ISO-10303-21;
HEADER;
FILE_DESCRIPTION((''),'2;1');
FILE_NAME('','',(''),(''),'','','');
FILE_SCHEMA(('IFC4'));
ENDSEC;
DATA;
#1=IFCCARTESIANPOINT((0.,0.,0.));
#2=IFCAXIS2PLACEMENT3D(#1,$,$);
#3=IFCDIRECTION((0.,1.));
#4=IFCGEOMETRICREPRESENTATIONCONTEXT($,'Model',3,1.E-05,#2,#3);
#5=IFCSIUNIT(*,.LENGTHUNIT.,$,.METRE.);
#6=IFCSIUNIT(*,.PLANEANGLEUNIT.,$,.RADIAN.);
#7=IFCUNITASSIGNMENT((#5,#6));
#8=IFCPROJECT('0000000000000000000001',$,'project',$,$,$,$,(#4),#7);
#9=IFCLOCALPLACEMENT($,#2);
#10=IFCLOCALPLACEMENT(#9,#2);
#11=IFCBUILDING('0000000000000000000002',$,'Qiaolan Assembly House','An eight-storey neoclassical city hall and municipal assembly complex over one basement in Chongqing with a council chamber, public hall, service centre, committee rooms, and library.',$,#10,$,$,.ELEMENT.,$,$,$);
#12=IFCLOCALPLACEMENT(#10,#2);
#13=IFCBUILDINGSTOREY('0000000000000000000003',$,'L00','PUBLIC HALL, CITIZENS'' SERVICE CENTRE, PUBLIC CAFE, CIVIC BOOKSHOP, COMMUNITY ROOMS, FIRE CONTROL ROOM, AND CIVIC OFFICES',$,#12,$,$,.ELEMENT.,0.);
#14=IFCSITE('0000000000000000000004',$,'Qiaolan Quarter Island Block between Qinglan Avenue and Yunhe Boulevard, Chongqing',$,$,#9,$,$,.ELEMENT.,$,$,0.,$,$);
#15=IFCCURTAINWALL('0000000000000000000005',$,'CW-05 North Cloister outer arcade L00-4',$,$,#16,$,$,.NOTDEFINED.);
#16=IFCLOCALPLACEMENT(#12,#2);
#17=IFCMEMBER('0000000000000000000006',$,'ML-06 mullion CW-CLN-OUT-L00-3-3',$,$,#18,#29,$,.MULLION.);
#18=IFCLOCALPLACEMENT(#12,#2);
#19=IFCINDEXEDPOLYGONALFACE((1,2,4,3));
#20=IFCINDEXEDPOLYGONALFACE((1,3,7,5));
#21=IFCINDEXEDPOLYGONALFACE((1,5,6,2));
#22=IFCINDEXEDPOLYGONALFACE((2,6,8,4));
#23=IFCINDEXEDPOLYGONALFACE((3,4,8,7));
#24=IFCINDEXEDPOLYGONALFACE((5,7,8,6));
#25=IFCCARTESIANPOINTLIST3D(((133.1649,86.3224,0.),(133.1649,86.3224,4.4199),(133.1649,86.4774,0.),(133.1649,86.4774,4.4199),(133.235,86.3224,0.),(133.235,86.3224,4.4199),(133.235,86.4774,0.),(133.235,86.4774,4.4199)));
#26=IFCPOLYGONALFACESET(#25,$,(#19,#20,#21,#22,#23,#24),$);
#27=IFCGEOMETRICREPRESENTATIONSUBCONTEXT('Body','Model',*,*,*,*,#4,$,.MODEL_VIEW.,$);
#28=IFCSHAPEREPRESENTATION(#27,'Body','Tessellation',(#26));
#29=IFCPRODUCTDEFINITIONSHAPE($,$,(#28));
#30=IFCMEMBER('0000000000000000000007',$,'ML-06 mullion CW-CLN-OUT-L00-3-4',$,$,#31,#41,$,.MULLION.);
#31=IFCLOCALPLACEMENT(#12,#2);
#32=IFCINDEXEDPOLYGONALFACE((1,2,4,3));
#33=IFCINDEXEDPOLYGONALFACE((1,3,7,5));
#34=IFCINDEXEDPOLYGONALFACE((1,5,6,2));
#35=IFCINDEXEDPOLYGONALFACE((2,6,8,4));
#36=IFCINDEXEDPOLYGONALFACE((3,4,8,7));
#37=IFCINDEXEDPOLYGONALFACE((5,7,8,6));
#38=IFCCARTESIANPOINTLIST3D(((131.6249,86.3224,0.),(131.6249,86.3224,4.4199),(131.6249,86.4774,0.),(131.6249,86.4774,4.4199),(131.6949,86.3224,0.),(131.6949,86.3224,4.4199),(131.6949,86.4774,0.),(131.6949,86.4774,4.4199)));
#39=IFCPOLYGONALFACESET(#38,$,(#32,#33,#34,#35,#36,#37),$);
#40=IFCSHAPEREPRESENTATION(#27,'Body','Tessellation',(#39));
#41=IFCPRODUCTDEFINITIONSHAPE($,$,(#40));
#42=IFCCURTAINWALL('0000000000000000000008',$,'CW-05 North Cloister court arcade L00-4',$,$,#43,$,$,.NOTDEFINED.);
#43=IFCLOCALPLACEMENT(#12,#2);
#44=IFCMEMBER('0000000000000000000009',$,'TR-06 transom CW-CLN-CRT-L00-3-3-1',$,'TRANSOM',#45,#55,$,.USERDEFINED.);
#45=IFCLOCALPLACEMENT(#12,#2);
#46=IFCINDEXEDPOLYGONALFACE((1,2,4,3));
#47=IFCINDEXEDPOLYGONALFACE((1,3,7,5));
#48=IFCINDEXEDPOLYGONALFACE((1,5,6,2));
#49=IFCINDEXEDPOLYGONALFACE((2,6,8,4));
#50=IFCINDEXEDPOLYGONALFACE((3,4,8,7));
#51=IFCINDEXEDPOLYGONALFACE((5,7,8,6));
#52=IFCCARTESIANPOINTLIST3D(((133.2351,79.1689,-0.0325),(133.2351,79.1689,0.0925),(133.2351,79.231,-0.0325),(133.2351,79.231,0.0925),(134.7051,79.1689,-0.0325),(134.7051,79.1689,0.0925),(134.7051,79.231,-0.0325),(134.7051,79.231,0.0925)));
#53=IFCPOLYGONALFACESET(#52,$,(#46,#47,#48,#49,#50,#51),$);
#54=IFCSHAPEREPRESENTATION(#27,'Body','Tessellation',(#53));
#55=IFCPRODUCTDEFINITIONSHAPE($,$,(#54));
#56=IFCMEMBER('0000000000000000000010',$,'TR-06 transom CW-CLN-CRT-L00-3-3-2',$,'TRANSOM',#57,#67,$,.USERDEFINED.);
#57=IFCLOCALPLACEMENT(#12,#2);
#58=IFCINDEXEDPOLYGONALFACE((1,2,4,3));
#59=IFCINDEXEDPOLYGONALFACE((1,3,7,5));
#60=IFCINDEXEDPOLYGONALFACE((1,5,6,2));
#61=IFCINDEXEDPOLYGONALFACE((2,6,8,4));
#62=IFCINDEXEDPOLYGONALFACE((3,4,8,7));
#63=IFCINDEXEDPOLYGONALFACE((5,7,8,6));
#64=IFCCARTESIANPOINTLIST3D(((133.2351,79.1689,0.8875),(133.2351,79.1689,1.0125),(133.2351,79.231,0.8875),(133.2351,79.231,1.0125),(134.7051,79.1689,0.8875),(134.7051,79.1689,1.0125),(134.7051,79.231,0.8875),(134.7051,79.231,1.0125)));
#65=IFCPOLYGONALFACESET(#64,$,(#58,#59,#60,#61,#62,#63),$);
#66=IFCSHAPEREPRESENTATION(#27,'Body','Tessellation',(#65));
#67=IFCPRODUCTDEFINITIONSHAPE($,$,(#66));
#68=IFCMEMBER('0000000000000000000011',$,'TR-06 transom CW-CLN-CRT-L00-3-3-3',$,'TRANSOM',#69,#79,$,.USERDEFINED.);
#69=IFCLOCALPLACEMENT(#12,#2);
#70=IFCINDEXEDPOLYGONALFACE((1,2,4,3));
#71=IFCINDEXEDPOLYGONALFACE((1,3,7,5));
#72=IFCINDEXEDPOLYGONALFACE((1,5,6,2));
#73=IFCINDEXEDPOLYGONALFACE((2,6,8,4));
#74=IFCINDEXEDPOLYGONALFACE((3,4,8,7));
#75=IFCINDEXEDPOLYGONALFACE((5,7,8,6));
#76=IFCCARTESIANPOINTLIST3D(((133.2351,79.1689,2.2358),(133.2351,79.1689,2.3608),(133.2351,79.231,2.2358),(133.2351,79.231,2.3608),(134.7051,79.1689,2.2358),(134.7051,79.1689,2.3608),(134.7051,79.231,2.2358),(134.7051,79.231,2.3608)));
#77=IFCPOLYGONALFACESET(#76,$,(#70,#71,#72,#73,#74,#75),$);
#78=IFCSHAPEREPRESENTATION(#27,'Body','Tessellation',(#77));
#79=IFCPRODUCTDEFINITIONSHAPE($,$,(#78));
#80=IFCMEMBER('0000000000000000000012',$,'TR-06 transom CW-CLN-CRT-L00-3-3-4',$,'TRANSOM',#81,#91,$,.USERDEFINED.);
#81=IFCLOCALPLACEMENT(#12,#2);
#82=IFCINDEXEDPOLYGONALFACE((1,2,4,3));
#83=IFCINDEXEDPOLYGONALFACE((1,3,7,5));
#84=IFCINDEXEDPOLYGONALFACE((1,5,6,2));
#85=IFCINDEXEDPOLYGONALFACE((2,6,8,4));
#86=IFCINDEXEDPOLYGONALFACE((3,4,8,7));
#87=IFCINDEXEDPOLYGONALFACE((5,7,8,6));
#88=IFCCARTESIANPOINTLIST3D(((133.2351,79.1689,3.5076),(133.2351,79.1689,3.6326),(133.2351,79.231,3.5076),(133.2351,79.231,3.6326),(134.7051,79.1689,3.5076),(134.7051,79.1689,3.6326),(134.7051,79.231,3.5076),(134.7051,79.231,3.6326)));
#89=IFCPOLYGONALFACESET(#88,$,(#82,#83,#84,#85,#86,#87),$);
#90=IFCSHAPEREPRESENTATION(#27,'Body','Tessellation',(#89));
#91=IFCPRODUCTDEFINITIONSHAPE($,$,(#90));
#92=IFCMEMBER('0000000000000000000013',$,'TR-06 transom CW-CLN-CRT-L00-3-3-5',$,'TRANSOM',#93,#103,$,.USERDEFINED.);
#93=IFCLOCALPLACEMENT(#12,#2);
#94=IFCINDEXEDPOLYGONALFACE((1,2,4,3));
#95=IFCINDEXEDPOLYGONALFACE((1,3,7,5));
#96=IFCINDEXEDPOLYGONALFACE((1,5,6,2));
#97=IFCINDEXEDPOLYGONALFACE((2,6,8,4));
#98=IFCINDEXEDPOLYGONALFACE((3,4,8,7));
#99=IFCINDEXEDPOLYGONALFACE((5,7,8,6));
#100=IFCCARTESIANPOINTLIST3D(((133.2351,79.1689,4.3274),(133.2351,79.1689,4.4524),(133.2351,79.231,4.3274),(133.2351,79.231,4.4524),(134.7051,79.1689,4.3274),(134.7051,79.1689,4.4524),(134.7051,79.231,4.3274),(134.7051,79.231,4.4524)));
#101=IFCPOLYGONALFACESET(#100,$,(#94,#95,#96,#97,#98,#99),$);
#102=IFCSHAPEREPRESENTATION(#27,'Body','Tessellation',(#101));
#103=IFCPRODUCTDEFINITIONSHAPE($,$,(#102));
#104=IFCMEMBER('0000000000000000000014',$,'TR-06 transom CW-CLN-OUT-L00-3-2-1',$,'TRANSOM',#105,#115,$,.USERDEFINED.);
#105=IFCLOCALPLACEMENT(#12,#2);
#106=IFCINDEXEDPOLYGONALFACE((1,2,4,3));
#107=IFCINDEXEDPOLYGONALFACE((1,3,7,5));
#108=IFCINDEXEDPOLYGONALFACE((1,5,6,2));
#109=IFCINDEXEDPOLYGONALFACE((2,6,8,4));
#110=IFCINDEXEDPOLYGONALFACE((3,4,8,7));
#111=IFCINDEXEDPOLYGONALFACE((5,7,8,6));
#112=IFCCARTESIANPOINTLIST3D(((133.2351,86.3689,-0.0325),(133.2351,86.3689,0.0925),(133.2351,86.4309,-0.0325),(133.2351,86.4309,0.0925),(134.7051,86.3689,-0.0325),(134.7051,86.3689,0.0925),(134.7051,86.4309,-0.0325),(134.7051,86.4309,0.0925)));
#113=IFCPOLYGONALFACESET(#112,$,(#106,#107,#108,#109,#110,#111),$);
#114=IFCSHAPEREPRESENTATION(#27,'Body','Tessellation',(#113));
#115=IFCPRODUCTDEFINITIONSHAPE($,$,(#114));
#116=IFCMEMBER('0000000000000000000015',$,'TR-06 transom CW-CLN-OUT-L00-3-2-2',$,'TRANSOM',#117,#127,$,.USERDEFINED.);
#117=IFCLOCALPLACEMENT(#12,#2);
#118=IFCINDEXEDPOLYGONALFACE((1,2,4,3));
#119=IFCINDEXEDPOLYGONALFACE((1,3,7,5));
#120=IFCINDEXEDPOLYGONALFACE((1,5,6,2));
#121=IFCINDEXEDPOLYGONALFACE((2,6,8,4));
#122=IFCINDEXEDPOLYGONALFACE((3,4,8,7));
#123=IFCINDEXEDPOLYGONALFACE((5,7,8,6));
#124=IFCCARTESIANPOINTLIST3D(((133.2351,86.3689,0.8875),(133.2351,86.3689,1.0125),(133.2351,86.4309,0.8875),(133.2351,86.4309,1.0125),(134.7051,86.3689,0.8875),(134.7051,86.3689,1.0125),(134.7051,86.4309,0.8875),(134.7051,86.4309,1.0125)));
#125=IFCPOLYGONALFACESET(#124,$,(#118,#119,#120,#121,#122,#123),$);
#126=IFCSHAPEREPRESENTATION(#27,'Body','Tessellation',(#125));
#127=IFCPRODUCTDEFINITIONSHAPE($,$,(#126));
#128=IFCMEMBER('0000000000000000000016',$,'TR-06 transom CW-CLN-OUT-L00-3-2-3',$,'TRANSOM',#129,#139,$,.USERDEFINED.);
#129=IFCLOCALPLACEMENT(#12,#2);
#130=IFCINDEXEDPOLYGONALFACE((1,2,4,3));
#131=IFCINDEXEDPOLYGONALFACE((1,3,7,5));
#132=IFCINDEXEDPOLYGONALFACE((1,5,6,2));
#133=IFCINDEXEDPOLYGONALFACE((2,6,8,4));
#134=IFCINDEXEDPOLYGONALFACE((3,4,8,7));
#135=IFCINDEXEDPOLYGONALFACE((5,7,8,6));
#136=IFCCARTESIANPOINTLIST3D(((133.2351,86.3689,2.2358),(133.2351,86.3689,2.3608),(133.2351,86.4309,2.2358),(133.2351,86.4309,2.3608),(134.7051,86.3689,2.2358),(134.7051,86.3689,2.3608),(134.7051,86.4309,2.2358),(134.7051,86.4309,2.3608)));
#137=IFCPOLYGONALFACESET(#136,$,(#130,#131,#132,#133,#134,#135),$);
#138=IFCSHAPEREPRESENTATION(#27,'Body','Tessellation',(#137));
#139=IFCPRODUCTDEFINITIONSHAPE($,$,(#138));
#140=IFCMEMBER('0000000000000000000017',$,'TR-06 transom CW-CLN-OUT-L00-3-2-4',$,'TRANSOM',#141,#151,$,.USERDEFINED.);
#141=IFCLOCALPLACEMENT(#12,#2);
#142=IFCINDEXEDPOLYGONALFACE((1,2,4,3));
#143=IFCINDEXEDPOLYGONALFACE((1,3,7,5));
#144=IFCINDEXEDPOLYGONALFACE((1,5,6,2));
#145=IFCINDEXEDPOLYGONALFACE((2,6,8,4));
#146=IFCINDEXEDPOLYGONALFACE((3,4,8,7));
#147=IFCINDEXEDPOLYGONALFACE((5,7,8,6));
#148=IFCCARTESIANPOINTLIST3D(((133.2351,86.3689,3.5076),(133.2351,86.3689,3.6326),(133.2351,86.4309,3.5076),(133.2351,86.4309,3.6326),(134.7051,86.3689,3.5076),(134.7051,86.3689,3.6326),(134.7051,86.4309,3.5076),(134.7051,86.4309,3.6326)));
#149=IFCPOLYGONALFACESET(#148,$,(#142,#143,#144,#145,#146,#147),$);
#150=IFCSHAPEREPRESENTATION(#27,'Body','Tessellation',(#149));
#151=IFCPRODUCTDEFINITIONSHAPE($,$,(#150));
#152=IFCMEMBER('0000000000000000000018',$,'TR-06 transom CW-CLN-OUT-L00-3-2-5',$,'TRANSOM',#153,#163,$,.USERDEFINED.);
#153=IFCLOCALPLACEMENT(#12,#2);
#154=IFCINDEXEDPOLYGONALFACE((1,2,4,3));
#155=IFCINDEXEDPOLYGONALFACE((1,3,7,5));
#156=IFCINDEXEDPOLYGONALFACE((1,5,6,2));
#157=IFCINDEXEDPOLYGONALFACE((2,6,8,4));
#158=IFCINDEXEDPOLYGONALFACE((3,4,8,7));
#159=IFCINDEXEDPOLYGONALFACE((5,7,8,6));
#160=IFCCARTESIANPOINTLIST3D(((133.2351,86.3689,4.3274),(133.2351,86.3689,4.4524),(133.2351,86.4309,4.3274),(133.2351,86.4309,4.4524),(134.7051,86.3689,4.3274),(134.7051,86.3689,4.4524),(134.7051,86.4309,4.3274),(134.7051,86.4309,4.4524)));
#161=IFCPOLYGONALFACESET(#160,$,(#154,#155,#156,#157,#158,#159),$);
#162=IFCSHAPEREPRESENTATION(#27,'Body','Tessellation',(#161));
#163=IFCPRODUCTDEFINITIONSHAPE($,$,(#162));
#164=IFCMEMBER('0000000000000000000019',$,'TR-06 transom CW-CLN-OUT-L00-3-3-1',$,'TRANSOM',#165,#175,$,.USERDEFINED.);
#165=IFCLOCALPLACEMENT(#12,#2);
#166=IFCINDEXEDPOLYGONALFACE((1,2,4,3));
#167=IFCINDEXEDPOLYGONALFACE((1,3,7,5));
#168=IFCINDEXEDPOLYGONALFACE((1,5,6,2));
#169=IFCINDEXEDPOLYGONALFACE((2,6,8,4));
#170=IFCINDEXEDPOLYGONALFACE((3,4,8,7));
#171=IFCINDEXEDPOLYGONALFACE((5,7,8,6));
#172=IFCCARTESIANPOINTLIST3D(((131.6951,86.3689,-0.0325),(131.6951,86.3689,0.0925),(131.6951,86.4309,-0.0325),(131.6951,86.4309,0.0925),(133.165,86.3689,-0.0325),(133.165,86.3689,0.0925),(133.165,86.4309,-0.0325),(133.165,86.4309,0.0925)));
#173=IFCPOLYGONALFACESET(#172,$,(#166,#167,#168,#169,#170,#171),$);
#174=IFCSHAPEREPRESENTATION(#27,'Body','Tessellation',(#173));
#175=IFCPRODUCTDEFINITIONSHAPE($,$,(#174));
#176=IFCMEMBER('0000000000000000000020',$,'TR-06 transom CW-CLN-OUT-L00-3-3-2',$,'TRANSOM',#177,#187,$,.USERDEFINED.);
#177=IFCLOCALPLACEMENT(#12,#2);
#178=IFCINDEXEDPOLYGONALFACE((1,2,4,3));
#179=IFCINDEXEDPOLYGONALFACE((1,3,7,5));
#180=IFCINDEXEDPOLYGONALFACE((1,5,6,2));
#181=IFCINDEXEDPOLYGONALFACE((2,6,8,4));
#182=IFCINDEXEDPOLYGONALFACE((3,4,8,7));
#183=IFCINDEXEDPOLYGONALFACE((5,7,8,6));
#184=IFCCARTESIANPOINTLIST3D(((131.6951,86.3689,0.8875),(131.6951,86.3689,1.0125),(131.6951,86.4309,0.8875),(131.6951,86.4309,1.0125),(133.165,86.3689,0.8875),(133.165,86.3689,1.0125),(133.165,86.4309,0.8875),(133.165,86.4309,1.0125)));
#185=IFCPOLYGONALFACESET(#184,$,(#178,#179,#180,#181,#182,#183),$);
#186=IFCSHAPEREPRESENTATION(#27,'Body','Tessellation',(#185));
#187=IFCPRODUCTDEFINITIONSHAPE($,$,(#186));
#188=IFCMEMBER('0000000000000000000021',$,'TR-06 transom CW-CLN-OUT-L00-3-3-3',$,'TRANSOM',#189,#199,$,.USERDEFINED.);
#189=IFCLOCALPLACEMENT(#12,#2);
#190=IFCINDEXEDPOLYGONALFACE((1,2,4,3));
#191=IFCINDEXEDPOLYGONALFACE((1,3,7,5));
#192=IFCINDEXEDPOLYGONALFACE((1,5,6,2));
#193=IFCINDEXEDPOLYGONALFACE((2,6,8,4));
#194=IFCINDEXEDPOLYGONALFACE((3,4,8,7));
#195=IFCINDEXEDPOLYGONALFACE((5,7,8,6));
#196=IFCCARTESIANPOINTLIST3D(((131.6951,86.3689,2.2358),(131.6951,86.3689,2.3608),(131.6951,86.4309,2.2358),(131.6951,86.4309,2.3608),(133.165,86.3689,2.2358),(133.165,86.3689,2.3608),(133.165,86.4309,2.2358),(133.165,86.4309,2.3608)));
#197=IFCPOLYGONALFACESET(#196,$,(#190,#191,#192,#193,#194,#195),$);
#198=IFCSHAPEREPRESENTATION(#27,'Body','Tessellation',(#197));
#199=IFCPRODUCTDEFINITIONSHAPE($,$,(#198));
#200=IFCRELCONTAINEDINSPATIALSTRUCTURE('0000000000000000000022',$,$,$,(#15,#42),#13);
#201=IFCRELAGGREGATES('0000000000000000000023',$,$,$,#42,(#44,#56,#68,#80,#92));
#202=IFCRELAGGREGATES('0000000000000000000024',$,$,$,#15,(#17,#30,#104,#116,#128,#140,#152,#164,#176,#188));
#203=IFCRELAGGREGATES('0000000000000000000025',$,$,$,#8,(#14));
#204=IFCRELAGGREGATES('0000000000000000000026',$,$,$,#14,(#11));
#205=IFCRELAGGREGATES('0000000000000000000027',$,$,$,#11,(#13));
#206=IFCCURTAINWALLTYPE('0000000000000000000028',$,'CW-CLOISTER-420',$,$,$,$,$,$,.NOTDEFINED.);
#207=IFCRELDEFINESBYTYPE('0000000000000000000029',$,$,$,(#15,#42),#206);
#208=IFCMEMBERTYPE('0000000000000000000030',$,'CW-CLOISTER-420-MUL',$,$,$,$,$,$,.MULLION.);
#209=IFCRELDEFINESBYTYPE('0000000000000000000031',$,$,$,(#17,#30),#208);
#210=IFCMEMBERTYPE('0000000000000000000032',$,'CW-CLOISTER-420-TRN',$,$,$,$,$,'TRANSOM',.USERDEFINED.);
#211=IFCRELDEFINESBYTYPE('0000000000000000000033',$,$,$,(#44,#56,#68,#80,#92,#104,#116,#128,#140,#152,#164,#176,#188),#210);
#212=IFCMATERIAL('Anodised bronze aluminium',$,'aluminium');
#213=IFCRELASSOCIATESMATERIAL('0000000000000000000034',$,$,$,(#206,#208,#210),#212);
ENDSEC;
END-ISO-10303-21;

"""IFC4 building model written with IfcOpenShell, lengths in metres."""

from ifc_helpers import new_model, si_unit, direction, frame, origin, origin_2d, place, context, subcontext, project, spatial, rectangle, extrude, material, material_profile, profile_set, type_object, element, aggregate, save


model = new_model("IFC4")

# Units and contexts
model_context = context("Model", 3, precision=1e-05, world=origin(), true_north=direction((0.0, 1.0)))
body_context = subcontext(model_context, "Body", "Model", "MODEL_VIEW")
ifc_project = project(units=[si_unit("LENGTHUNIT", "METRE"), si_unit("PLANEANGLEUNIT", "RADIAN")], contexts=[model_context])

# Site, building, storey
site_placement = place(None, origin())
site = spatial("IfcSite", under=ifc_project, at=site_placement, Name="Qiaolan Quarter Island Block between Qinglan Avenue and Yunhe Boulevard, Chongqing", CompositionType="ELEMENT", RefElevation=0.0)
building_placement = place(site_placement, origin())
building = spatial("IfcBuilding", under=site, at=building_placement, Name="Qiaolan Assembly House", Description="An eight-storey neoclassical city hall and municipal assembly complex over one basement in Chongqing with a council chamber, public hall, service centre, committee rooms, and library.", CompositionType="ELEMENT")
storey_placement = place(building_placement, origin())
storey = spatial("IfcBuildingStorey", under=building, at=storey_placement, Name="L00", Description="PUBLIC HALL, CITIZENS' SERVICE CENTRE, PUBLIC CAFE, CIVIC BOOKSHOP, COMMUNITY ROOMS, FIRE CONTROL ROOM, AND CIVIC OFFICES", CompositionType="ELEMENT", Elevation=0.0)

# Curtain walls, members
ifc_material_1 = material(Name="Anodised bronze aluminium", Category="aluminium")
curtain_wall_type = type_object("IfcCurtainWallType", Name="CW-CLOISTER-420", PredefinedType="NOTDEFINED", material=ifc_material_1)
curtain_wall_1_placement = place(storey_placement, origin())
curtain_wall_1 = element("IfcCurtainWall", 1, at=curtain_wall_1_placement, inside=storey, type_object=curtain_wall_type, Name="CW-05 North Cloister outer arcade L00-4", PredefinedType="NOTDEFINED")
ifc_material_profile_1 = material_profile(ifc_material_1, rectangle(XDim=0.0701, YDim=0.155, at=origin_2d()), Name="MUL 70x155")
ifc_profile_set_1 = profile_set([ifc_material_profile_1], Name="Anodised bronze aluminium")
member_type_1 = type_object("IfcMemberType", Name="CW-CLOISTER-420-MUL", PredefinedType="MULLION", material=ifc_profile_set_1)
member_1_placement = place(storey_placement, frame((133.2, 86.3999, 0.0), z_axis=(0.0, 0.0, 1.0), x_axis=(-1.0, 0.0, 0.0)))
member_1 = element("IfcMember", 2, at=member_1_placement, type_object=member_type_1, Name="ML-06 mullion CW-CLN-OUT-L00-3-3", PredefinedType="MULLION", context=body_context, shape_type="SweptSolid", body=[
    extrude(rectangle(XDim=0.0701, YDim=0.155, at=origin_2d()), origin(), (0.0, 0.0, 1.0), 4.4199),
])
member_2_placement = place(storey_placement, frame((131.6599, 86.3999, 0.0), z_axis=(0.0, 0.0, 1.0), x_axis=(-1.0, 0.0, 0.0)))
member_2 = element("IfcMember", 3, at=member_2_placement, type_object=member_type_1, Name="ML-06 mullion CW-CLN-OUT-L00-3-4", PredefinedType="MULLION", context=body_context, shape_type="SweptSolid", body=[
    extrude(rectangle(XDim=0.0701, YDim=0.155, at=origin_2d()), origin(), (0.0, 0.0, 1.0), 4.4199),
])
curtain_wall_2_placement = place(storey_placement, origin())
curtain_wall_2 = element("IfcCurtainWall", 4, at=curtain_wall_2_placement, inside=storey, type_object=curtain_wall_type, Name="CW-05 North Cloister court arcade L00-4", PredefinedType="NOTDEFINED")
ifc_material_profile_2 = material_profile(ifc_material_1, rectangle(XDim=0.062, YDim=0.125, at=origin_2d()), Name="TRN 62x125")
ifc_profile_set_2 = profile_set([ifc_material_profile_2], Name="Anodised bronze aluminium")
member_type_2 = type_object("IfcMemberType", Name="CW-CLOISTER-420-TRN", ElementType="TRANSOM", PredefinedType="USERDEFINED", material=ifc_profile_set_2)
member_3_placement = place(storey_placement, frame((133.2351, 79.2, 0.03), z_axis=(1.0, 0.0, 0.0), x_axis=(0.0, 1.0, 0.0)))
member_3 = element("IfcMember", 5, at=member_3_placement, type_object=member_type_2, Name="TR-06 transom CW-CLN-CRT-L00-3-3-1", ObjectType="TRANSOM", PredefinedType="USERDEFINED", context=body_context, shape_type="SweptSolid", body=[
    extrude(rectangle(XDim=0.062, YDim=0.125, at=origin_2d()), origin(), (0.0, 0.0, 1.0), 1.47),
])
member_4_placement = place(storey_placement, frame((133.2351, 79.2, 0.95), z_axis=(1.0, 0.0, 0.0), x_axis=(0.0, 1.0, 0.0)))
member_4 = element("IfcMember", 6, at=member_4_placement, type_object=member_type_2, Name="TR-06 transom CW-CLN-CRT-L00-3-3-2", ObjectType="TRANSOM", PredefinedType="USERDEFINED", context=body_context, shape_type="SweptSolid", body=[
    extrude(rectangle(XDim=0.062, YDim=0.125, at=origin_2d()), origin(), (0.0, 0.0, 1.0), 1.47),
])
member_5_placement = place(storey_placement, frame((133.2351, 79.2, 2.2983), z_axis=(1.0, 0.0, 0.0), x_axis=(0.0, 1.0, 0.0)))
member_5 = element("IfcMember", 7, at=member_5_placement, type_object=member_type_2, Name="TR-06 transom CW-CLN-CRT-L00-3-3-3", ObjectType="TRANSOM", PredefinedType="USERDEFINED", context=body_context, shape_type="SweptSolid", body=[
    extrude(rectangle(XDim=0.062, YDim=0.125, at=origin_2d()), origin(), (0.0, 0.0, 1.0), 1.47),
])
member_6_placement = place(storey_placement, frame((133.2351, 79.2, 3.5701), z_axis=(1.0, 0.0, 0.0), x_axis=(0.0, 1.0, 0.0)))
member_6 = element("IfcMember", 8, at=member_6_placement, type_object=member_type_2, Name="TR-06 transom CW-CLN-CRT-L00-3-3-4", ObjectType="TRANSOM", PredefinedType="USERDEFINED", context=body_context, shape_type="SweptSolid", body=[
    extrude(rectangle(XDim=0.062, YDim=0.125, at=origin_2d()), origin(), (0.0, 0.0, 1.0), 1.47),
])
member_7_placement = place(storey_placement, frame((133.2351, 79.2, 4.3899), z_axis=(1.0, 0.0, 0.0), x_axis=(0.0, 1.0, 0.0)))
member_7 = element("IfcMember", 9, at=member_7_placement, type_object=member_type_2, Name="TR-06 transom CW-CLN-CRT-L00-3-3-5", ObjectType="TRANSOM", PredefinedType="USERDEFINED", context=body_context, shape_type="SweptSolid", body=[
    extrude(rectangle(XDim=0.062, YDim=0.125, at=origin_2d()), origin(), (0.0, 0.0, 1.0), 1.47),
])
aggregate(curtain_wall_2, [member_3, member_4, member_5, member_6, member_7])

# Members
member_8_placement = place(storey_placement, frame((134.7051, 86.3999, 0.03), z_axis=(-1.0, 0.0, 0.0), x_axis=(0.0, -1.0, 0.0)))
member_8 = element("IfcMember", 10, at=member_8_placement, type_object=member_type_2, Name="TR-06 transom CW-CLN-OUT-L00-3-2-1", ObjectType="TRANSOM", PredefinedType="USERDEFINED", context=body_context, shape_type="SweptSolid", body=[
    extrude(rectangle(XDim=0.062, YDim=0.125, at=origin_2d()), origin(), (0.0, 0.0, 1.0), 1.47),
])
member_9_placement = place(storey_placement, frame((134.7051, 86.3999, 0.95), z_axis=(-1.0, 0.0, 0.0), x_axis=(0.0, -1.0, 0.0)))
member_9 = element("IfcMember", 11, at=member_9_placement, type_object=member_type_2, Name="TR-06 transom CW-CLN-OUT-L00-3-2-2", ObjectType="TRANSOM", PredefinedType="USERDEFINED", context=body_context, shape_type="SweptSolid", body=[
    extrude(rectangle(XDim=0.062, YDim=0.125, at=origin_2d()), origin(), (0.0, 0.0, 1.0), 1.47),
])
member_10_placement = place(storey_placement, frame((134.7051, 86.3999, 2.2983), z_axis=(-1.0, 0.0, 0.0), x_axis=(0.0, -1.0, 0.0)))
member_10 = element("IfcMember", 12, at=member_10_placement, type_object=member_type_2, Name="TR-06 transom CW-CLN-OUT-L00-3-2-3", ObjectType="TRANSOM", PredefinedType="USERDEFINED", context=body_context, shape_type="SweptSolid", body=[
    extrude(rectangle(XDim=0.062, YDim=0.125, at=origin_2d()), origin(), (0.0, 0.0, 1.0), 1.47),
])
member_11_placement = place(storey_placement, frame((134.7051, 86.3999, 3.5701), z_axis=(-1.0, 0.0, 0.0), x_axis=(0.0, -1.0, 0.0)))
member_11 = element("IfcMember", 13, at=member_11_placement, type_object=member_type_2, Name="TR-06 transom CW-CLN-OUT-L00-3-2-4", ObjectType="TRANSOM", PredefinedType="USERDEFINED", context=body_context, shape_type="SweptSolid", body=[
    extrude(rectangle(XDim=0.062, YDim=0.125, at=origin_2d()), origin(), (0.0, 0.0, 1.0), 1.47),
])
member_12_placement = place(storey_placement, frame((134.7051, 86.3999, 4.3899), z_axis=(-1.0, 0.0, 0.0), x_axis=(0.0, -1.0, 0.0)))
member_12 = element("IfcMember", 14, at=member_12_placement, type_object=member_type_2, Name="TR-06 transom CW-CLN-OUT-L00-3-2-5", ObjectType="TRANSOM", PredefinedType="USERDEFINED", context=body_context, shape_type="SweptSolid", body=[
    extrude(rectangle(XDim=0.062, YDim=0.125, at=origin_2d()), origin(), (0.0, 0.0, 1.0), 1.47),
])
member_13_placement = place(storey_placement, frame((133.165, 86.3999, 0.03), z_axis=(-1.0, 0.0, 0.0), x_axis=(0.0, -1.0, 0.0)))
member_13 = element("IfcMember", 15, at=member_13_placement, type_object=member_type_2, Name="TR-06 transom CW-CLN-OUT-L00-3-3-1", ObjectType="TRANSOM", PredefinedType="USERDEFINED", context=body_context, shape_type="SweptSolid", body=[
    extrude(rectangle(XDim=0.062, YDim=0.125, at=origin_2d()), origin(), (0.0, 0.0, 1.0), 1.47),
])
member_14_placement = place(storey_placement, frame((133.165, 86.3999, 0.95), z_axis=(-1.0, 0.0, 0.0), x_axis=(0.0, -1.0, 0.0)))
member_14 = element("IfcMember", 16, at=member_14_placement, type_object=member_type_2, Name="TR-06 transom CW-CLN-OUT-L00-3-3-2", ObjectType="TRANSOM", PredefinedType="USERDEFINED", context=body_context, shape_type="SweptSolid", body=[
    extrude(rectangle(XDim=0.062, YDim=0.125, at=origin_2d()), origin(), (0.0, 0.0, 1.0), 1.47),
])
member_15_placement = place(storey_placement, frame((133.165, 86.3999, 2.2983), z_axis=(-1.0, 0.0, 0.0), x_axis=(0.0, -1.0, 0.0)))
member_15 = element("IfcMember", 17, at=member_15_placement, type_object=member_type_2, Name="TR-06 transom CW-CLN-OUT-L00-3-3-3", ObjectType="TRANSOM", PredefinedType="USERDEFINED", context=body_context, shape_type="SweptSolid", body=[
    extrude(rectangle(XDim=0.062, YDim=0.125, at=origin_2d()), origin(), (0.0, 0.0, 1.0), 1.47),
])

aggregate(curtain_wall_1, [member_1, member_2, member_8, member_9, member_10, member_11, member_12, member_13, member_14, member_15])

save(model, "model.ifc")
